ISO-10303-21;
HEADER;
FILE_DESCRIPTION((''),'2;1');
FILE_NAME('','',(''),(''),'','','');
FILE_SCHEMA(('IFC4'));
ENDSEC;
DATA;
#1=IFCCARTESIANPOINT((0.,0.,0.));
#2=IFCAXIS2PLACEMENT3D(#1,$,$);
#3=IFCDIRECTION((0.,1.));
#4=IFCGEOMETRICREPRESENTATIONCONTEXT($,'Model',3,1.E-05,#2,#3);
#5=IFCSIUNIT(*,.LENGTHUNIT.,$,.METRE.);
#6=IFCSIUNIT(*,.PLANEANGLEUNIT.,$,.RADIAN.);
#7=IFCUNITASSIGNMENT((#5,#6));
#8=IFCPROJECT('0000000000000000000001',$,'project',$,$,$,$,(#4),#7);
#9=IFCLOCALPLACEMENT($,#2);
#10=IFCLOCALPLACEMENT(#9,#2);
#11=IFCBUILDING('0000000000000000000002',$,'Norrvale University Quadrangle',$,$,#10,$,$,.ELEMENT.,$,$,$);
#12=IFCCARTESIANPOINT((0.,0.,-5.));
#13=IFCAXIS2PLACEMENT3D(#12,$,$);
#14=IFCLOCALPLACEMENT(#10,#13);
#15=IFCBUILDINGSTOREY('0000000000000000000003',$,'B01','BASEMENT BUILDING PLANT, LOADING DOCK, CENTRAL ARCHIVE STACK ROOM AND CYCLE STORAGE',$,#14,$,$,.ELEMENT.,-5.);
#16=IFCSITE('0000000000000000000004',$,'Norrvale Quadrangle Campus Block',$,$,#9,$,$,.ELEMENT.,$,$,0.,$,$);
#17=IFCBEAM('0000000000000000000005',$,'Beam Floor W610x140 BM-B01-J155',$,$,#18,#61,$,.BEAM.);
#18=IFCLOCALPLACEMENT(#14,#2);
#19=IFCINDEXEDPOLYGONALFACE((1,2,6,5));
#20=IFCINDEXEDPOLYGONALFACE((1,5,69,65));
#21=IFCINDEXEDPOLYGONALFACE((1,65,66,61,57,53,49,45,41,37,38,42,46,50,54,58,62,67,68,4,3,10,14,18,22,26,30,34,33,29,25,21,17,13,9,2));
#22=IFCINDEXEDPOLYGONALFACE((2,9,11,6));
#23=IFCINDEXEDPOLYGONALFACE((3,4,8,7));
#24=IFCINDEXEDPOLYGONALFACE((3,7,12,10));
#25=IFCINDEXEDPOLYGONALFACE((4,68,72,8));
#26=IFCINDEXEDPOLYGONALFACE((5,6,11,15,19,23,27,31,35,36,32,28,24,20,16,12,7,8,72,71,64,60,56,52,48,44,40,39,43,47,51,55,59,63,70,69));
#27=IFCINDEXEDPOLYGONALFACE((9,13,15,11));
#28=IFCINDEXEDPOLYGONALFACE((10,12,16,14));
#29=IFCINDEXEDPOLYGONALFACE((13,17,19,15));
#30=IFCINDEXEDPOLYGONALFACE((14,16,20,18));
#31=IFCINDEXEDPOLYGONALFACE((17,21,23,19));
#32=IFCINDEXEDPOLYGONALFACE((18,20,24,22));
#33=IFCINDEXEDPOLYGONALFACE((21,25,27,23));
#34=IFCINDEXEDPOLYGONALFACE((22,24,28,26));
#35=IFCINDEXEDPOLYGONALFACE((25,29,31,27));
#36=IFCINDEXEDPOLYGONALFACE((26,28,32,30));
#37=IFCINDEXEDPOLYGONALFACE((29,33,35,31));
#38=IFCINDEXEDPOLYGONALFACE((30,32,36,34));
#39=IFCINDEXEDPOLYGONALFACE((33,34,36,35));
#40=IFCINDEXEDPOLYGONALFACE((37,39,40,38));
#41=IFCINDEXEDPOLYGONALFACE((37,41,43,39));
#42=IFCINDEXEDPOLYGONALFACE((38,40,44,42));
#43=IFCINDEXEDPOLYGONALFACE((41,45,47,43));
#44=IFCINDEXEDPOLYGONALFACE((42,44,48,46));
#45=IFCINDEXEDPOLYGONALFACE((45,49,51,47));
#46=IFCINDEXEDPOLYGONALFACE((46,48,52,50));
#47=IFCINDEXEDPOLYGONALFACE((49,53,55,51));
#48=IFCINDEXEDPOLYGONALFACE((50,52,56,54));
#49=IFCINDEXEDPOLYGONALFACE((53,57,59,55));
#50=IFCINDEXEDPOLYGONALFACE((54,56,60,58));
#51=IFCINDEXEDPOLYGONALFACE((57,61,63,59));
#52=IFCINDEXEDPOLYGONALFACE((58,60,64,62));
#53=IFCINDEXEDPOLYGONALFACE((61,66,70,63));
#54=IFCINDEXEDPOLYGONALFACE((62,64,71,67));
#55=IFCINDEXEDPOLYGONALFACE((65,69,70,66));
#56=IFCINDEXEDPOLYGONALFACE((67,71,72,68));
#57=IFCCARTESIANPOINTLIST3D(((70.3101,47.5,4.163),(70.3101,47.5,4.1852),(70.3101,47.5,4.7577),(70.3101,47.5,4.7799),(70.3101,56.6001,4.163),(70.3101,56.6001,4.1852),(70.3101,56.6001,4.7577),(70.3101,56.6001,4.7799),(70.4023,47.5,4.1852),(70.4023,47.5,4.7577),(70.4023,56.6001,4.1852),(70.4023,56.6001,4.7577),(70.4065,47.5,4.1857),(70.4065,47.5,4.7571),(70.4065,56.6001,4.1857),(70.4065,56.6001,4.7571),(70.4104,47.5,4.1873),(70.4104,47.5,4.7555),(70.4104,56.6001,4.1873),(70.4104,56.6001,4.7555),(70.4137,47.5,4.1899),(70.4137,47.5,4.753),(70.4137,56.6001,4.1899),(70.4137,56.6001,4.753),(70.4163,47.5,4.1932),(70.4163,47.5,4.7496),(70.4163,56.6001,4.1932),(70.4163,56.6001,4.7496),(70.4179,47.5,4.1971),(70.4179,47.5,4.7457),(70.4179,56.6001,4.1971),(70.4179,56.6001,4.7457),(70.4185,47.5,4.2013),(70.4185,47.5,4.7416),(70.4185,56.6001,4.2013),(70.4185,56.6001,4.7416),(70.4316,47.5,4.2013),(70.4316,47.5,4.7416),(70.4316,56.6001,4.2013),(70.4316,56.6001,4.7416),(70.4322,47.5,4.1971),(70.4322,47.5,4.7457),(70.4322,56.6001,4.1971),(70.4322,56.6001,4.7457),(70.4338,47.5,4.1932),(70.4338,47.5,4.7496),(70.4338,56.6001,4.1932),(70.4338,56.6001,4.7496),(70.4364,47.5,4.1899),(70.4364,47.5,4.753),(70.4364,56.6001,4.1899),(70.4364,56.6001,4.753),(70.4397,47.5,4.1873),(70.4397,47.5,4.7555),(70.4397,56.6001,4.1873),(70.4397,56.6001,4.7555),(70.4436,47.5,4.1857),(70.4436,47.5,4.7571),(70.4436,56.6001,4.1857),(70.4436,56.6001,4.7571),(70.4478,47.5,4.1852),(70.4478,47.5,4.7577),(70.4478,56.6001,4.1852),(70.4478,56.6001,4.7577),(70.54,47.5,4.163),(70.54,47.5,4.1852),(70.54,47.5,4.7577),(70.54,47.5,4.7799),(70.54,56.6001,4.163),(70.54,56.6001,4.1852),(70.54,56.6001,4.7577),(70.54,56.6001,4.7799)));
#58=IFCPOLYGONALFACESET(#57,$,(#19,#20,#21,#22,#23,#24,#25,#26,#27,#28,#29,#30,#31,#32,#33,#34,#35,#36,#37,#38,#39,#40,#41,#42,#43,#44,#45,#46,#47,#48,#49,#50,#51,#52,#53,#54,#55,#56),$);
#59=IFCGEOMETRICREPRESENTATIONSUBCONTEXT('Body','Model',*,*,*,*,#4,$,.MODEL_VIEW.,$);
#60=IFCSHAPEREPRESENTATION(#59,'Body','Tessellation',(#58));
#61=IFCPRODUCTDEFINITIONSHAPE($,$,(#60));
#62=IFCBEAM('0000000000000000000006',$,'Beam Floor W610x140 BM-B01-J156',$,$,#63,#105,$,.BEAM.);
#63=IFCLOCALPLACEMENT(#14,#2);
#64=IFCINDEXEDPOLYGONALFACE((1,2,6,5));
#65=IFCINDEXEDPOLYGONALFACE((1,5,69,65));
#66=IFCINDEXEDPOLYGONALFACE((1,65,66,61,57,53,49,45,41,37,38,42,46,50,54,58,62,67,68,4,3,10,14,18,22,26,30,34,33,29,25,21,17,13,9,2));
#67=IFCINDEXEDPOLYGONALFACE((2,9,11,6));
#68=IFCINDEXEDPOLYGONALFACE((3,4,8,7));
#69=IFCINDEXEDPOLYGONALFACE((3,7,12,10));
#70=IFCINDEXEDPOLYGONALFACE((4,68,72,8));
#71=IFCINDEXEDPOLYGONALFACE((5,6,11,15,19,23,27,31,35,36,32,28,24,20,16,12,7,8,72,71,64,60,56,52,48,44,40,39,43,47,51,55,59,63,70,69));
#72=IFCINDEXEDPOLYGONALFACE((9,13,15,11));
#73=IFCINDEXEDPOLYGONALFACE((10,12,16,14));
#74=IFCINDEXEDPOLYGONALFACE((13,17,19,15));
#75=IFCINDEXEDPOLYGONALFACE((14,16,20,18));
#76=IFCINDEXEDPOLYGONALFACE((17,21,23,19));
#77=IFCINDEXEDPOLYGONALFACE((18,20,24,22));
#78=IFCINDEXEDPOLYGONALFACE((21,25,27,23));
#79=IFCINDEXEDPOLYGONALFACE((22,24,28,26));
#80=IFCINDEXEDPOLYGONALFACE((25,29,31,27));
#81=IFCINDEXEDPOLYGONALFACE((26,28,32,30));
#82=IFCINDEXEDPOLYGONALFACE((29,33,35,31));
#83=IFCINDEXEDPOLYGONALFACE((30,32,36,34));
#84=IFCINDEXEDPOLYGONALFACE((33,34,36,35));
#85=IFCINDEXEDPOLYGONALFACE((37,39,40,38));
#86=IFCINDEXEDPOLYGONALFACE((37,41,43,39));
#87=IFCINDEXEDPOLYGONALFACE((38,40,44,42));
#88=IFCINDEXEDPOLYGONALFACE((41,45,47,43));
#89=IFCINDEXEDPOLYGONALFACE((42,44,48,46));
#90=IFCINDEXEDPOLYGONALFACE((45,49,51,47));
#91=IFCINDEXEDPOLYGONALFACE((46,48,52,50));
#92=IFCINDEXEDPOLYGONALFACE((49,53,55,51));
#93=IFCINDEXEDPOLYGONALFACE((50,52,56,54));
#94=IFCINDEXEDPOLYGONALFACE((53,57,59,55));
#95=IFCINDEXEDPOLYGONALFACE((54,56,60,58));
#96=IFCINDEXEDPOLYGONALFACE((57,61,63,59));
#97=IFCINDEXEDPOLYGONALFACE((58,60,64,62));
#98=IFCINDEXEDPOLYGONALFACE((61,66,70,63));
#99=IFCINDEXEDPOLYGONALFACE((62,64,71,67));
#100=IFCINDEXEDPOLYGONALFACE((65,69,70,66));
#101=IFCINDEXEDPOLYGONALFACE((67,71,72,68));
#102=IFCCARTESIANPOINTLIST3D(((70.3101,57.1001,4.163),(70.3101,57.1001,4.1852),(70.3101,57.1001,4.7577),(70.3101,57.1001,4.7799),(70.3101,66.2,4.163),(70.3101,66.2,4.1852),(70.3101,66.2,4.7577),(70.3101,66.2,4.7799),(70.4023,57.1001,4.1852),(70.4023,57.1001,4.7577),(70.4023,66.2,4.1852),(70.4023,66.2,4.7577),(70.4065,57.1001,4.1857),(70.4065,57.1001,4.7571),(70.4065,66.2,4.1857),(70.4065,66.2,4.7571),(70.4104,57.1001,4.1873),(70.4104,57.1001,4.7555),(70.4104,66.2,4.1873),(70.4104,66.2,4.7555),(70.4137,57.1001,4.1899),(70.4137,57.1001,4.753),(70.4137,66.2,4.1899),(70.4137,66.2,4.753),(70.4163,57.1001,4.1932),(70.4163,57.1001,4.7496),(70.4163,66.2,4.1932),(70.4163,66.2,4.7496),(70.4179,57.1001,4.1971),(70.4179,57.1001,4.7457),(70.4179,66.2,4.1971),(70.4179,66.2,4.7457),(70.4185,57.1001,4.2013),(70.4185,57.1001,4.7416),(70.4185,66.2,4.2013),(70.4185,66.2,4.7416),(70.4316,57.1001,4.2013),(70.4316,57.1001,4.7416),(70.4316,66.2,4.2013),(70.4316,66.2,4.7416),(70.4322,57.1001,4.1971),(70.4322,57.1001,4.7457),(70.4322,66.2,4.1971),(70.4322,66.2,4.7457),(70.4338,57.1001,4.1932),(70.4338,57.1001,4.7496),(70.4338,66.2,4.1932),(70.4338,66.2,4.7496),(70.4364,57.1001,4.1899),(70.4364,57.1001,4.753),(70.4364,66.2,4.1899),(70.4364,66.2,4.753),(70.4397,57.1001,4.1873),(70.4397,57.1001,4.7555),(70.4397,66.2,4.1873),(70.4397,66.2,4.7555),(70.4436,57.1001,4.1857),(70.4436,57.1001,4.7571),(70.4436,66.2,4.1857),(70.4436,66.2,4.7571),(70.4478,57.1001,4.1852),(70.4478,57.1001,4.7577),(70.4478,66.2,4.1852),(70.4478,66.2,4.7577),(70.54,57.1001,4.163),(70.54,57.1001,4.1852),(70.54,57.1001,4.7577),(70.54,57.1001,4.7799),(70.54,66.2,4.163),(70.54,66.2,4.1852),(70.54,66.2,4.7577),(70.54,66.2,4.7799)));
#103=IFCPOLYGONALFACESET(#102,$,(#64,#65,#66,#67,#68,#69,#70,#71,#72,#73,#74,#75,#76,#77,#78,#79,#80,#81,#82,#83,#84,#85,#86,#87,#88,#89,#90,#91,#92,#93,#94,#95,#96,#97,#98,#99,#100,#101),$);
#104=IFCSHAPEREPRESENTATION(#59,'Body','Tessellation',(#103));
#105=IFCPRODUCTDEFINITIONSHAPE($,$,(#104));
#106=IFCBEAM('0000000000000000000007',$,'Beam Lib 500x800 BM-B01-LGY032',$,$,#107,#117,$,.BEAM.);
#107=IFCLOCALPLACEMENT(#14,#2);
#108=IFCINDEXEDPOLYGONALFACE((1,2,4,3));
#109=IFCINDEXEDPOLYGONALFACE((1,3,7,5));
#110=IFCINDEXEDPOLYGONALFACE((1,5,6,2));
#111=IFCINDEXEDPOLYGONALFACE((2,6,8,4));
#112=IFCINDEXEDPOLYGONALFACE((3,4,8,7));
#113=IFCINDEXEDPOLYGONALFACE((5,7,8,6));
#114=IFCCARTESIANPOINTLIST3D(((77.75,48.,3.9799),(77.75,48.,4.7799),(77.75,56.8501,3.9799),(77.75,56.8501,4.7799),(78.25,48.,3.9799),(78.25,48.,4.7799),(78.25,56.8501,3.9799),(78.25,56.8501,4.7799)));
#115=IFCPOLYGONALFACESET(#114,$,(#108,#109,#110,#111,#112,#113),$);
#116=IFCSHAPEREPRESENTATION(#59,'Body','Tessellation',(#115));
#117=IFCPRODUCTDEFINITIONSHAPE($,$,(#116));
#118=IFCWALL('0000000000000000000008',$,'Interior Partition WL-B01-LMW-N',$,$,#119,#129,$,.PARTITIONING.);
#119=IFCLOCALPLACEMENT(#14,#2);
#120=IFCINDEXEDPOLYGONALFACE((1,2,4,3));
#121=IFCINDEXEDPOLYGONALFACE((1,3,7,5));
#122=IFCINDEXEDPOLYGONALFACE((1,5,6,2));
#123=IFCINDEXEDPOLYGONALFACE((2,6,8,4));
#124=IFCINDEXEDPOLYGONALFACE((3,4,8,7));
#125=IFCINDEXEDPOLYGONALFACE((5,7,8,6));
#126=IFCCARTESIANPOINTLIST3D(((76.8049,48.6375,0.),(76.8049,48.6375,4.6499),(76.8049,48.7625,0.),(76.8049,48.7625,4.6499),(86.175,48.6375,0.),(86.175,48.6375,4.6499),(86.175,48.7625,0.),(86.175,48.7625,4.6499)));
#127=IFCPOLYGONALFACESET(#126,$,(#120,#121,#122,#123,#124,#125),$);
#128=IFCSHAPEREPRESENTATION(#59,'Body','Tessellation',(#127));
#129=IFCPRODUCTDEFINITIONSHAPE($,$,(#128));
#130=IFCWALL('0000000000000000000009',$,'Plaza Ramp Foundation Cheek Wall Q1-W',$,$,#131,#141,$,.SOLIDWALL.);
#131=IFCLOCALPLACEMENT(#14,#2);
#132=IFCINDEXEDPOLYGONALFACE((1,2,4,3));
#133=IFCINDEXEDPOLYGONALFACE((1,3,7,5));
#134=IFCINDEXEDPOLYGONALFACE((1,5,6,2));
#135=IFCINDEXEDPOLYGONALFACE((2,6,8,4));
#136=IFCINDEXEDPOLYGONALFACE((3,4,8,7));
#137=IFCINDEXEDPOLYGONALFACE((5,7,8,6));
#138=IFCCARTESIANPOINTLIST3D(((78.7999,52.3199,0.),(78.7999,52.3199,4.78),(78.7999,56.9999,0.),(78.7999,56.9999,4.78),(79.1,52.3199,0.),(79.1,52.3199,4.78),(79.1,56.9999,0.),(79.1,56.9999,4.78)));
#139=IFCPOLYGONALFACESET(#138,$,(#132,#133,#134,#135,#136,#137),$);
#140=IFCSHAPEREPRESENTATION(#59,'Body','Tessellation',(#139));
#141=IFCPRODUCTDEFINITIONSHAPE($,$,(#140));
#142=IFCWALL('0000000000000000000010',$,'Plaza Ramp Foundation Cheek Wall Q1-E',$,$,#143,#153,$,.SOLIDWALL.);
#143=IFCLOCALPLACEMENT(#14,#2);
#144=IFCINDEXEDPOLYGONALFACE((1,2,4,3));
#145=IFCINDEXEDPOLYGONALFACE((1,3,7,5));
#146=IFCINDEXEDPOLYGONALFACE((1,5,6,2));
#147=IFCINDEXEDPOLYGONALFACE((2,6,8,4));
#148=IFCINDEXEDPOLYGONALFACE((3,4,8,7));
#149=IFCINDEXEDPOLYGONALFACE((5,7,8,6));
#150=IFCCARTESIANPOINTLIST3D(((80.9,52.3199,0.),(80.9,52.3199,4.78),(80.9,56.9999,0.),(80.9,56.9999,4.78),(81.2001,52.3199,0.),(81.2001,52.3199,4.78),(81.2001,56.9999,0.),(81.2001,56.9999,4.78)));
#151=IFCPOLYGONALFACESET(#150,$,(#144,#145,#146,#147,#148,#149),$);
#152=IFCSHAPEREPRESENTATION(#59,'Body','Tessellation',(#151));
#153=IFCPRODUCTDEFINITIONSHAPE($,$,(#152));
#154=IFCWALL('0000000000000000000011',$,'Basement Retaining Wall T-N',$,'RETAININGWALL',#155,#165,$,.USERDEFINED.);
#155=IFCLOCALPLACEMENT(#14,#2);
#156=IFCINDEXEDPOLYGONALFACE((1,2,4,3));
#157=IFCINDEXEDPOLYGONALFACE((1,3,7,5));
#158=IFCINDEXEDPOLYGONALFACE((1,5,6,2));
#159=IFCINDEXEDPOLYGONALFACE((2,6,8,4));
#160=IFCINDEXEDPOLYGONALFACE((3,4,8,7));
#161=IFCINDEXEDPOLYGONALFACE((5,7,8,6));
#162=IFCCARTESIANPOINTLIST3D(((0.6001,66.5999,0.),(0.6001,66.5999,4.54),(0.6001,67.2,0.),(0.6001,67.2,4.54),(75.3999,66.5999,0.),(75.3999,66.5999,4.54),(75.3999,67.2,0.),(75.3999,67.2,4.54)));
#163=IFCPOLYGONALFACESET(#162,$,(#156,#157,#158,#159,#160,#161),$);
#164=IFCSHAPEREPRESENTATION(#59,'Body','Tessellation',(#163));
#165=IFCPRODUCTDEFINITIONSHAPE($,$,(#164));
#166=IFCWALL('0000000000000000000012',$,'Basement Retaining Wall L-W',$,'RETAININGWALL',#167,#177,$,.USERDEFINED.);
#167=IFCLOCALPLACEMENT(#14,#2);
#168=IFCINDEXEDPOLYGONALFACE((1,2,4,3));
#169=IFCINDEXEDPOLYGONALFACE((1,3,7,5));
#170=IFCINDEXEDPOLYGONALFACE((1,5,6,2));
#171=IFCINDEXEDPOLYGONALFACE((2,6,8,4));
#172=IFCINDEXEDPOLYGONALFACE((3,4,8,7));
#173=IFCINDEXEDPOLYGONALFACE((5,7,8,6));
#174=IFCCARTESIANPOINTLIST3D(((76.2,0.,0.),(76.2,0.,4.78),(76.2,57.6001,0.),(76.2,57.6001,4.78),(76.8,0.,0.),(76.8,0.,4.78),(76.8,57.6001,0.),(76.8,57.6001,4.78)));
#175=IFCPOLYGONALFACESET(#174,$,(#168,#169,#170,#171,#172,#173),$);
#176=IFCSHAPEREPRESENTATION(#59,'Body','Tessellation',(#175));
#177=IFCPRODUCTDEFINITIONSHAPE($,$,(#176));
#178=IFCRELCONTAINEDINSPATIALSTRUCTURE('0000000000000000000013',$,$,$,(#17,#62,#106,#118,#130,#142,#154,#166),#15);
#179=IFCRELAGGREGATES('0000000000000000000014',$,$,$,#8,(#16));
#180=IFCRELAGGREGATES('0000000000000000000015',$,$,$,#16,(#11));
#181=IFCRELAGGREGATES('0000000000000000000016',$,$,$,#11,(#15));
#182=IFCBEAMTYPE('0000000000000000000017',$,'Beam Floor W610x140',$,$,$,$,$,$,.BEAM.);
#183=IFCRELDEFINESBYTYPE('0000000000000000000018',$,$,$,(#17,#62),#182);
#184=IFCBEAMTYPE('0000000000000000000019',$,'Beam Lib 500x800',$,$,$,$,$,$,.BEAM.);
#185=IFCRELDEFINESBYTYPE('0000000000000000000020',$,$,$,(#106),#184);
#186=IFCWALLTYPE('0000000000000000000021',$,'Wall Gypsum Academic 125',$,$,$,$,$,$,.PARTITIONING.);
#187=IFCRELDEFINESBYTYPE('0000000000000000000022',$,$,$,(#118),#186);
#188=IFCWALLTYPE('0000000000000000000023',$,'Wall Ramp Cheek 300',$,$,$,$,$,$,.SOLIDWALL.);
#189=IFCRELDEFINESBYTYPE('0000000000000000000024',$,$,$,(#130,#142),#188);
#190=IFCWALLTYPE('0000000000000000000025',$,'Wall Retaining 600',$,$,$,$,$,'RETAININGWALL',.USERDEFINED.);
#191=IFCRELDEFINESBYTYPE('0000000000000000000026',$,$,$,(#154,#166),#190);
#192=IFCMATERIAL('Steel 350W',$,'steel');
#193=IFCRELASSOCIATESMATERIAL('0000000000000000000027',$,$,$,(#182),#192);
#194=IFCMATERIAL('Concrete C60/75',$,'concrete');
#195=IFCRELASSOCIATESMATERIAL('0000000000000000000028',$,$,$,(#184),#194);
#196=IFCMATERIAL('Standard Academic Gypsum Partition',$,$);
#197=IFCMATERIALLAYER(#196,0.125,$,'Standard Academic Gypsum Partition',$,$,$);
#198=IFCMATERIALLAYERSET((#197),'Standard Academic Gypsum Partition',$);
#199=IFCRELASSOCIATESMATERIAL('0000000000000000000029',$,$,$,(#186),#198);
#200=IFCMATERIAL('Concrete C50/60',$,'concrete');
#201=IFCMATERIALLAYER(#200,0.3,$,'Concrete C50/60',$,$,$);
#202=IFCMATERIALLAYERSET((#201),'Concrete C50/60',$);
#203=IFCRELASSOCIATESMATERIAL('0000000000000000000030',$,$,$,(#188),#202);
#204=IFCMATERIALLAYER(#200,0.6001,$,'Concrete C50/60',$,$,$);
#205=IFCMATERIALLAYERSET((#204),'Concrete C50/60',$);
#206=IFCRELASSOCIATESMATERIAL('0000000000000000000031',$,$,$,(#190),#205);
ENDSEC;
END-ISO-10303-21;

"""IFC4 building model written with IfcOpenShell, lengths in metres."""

from ifc_helpers import new_model, si_unit, direction, frame, frame_2d, origin, origin_2d, place, context, subcontext, project, spatial, rectangle, i_section, extrude, material, layer, layer_set, material_profile, profile_set, type_object, element, save


model = new_model("IFC4")

# Units and contexts
model_context = context("Model", 3, precision=1e-05, world=origin(), true_north=direction((0.0, 1.0)))
body_context = subcontext(model_context, "Body", "Model", "MODEL_VIEW")
ifc_project = project(units=[si_unit("LENGTHUNIT", "METRE"), si_unit("PLANEANGLEUNIT", "RADIAN")], contexts=[model_context])

# Site, building, storey
site_placement = place(None, origin())
site = spatial("IfcSite", under=ifc_project, at=site_placement, Name="Norrvale Quadrangle Campus Block", CompositionType="ELEMENT", RefElevation=0.0)
building_placement = place(site_placement, origin())
building = spatial("IfcBuilding", under=site, at=building_placement, Name="Norrvale University Quadrangle", CompositionType="ELEMENT")
storey_placement = place(building_placement, frame((0.0, 0.0, -5.0)))
storey = spatial("IfcBuildingStorey", under=building, at=storey_placement, Name="B01", Description="BASEMENT BUILDING PLANT, LOADING DOCK, CENTRAL ARCHIVE STACK ROOM AND CYCLE STORAGE", CompositionType="ELEMENT", Elevation=-5.0)

# Shared definitions
ifc_material_1 = material(Name="Concrete C50/60", Category="concrete")

# Shared definitions
ifc_material_2 = material(Name="Concrete C60/75", Category="concrete")

# Beams
ifc_material_3 = material(Name="Steel 350W", Category="steel")
ifc_material_profile_1 = material_profile(ifc_material_3, i_section(OverallWidth=0.23, OverallDepth=0.6169, WebThickness=0.0132, FlangeThickness=0.0222, FilletRadius=0.0161, at=origin_2d()), Name="Steel 350W")
ifc_profile_set_1 = profile_set([ifc_material_profile_1], Name="Steel 350W")
beam_type_1 = type_object("IfcBeamType", Name="Beam Floor W610x140", PredefinedType="BEAM", material=ifc_profile_set_1)
beam_1_placement = place(storey_placement, frame((70.425, 47.5, 4.4714), z_axis=(0.0, 1.0, 0.0), x_axis=(-1.0, 0.0, 0.0)))
element("IfcBeam", 1, at=beam_1_placement, inside=storey, type_object=beam_type_1, Name="Beam Floor W610x140 BM-B01-J155", PredefinedType="BEAM", context=body_context, shape_type="SweptSolid", body=[
    extrude(i_section(OverallWidth=0.23, OverallDepth=0.6169, WebThickness=0.0132, FlangeThickness=0.0222, FilletRadius=0.0161, at=origin_2d()), origin(), (0.0, 0.0, 1.0), 9.1001),
])
beam_2_placement = place(storey_placement, frame((70.425, 57.1001, 4.4714), z_axis=(0.0, 1.0, 0.0), x_axis=(-1.0, 0.0, 0.0)))
element("IfcBeam", 2, at=beam_2_placement, inside=storey, type_object=beam_type_1, Name="Beam Floor W610x140 BM-B01-J156", PredefinedType="BEAM", context=body_context, shape_type="SweptSolid", body=[
    extrude(i_section(OverallWidth=0.23, OverallDepth=0.6169, WebThickness=0.0132, FlangeThickness=0.0222, FilletRadius=0.0161, at=origin_2d()), origin(), (0.0, 0.0, 1.0), 9.0999),
])
ifc_material_profile_2 = material_profile(ifc_material_2, rectangle(XDim=0.5, YDim=0.8, at=origin_2d()), Name="Concrete C60/75")
ifc_profile_set_2 = profile_set([ifc_material_profile_2], Name="Concrete C60/75")
beam_type_2 = type_object("IfcBeamType", Name="Beam Lib 500x800", PredefinedType="BEAM", material=ifc_profile_set_2)
beam_3_placement = place(storey_placement, frame((78.0, 48.0, 4.3799), z_axis=(0.0, 1.0, 0.0), x_axis=(-1.0, 0.0, 0.0)))
element("IfcBeam", 3, at=beam_3_placement, inside=storey, type_object=beam_type_2, Name="Beam Lib 500x800 BM-B01-LGY032", PredefinedType="BEAM", context=body_context, shape_type="SweptSolid", body=[
    extrude(rectangle(XDim=0.5, YDim=0.8, at=origin_2d()), origin(), (0.0, 0.0, 1.0), 8.8501),
])

# Walls
ifc_material_4 = material(Name="Standard Academic Gypsum Partition")
ifc_layer_1 = layer(ifc_material_4, 0.125, Name="Standard Academic Gypsum Partition")
ifc_layer_set_1 = layer_set([ifc_layer_1], Name="Standard Academic Gypsum Partition")
wall_type_1 = type_object("IfcWallType", Name="Wall Gypsum Academic 125", PredefinedType="PARTITIONING", material=ifc_layer_set_1)
wall_1_placement = place(storey_placement, frame((76.8049, 48.7, 0.0), z_axis=(0.0, 0.0, 1.0), x_axis=(1.0, 0.0, 0.0)))
element("IfcWall", 4, at=wall_1_placement, inside=storey, type_object=wall_type_1, Name="Interior Partition WL-B01-LMW-N", PredefinedType="PARTITIONING", context=body_context, shape_type="SweptSolid", body=[
    extrude(rectangle(XDim=9.3701, YDim=0.125, at=frame_2d((4.6851, 0.0))), origin(), (0.0, 0.0, 1.0), 4.6499),
])
ifc_layer_2 = layer(ifc_material_1, 0.3, Name="Concrete C50/60")
ifc_layer_set_2 = layer_set([ifc_layer_2], Name="Concrete C50/60")
wall_type_2 = type_object("IfcWallType", Name="Wall Ramp Cheek 300", PredefinedType="SOLIDWALL", material=ifc_layer_set_2)
for number, where, z_axis, x_axis, name in (
    (5, (78.95, 52.3201, 0.0), (0.0, 0.0, 1.0), (0.0, 1.0, 0.0), "Plaza Ramp Foundation Cheek Wall Q1-W"),
    (6, (81.05, 52.3201, 0.0), (0.0, 0.0, 1.0), (0.0, 1.0, 0.0), "Plaza Ramp Foundation Cheek Wall Q1-E"),
):
    element("IfcWall", number, at=place(storey_placement, frame(where, z_axis=z_axis, x_axis=x_axis)), inside=storey, type_object=wall_type_2, Name=name, PredefinedType="SOLIDWALL", context=body_context, shape_type="SweptSolid", body=[
        extrude(rectangle(XDim=4.6799, YDim=0.3, at=frame_2d((2.3398, 0.0))), origin(), (0.0, 0.0, 1.0), 4.78),
    ])
ifc_layer_3 = layer(ifc_material_1, 0.6001, Name="Concrete C50/60")
ifc_layer_set_3 = layer_set([ifc_layer_3], Name="Concrete C50/60")
wall_type_3 = type_object("IfcWallType", Name="Wall Retaining 600", ElementType="RETAININGWALL", PredefinedType="USERDEFINED", material=ifc_layer_set_3)
wall_2_placement = place(storey_placement, frame((75.3999, 66.8999, 0.0), z_axis=(0.0, 0.0, 1.0), x_axis=(-1.0, 0.0, 0.0)))
element("IfcWall", 7, at=wall_2_placement, inside=storey, type_object=wall_type_3, Name="Basement Retaining Wall T-N", ObjectType="RETAININGWALL", PredefinedType="USERDEFINED", context=body_context, shape_type="SweptSolid", body=[
    extrude(rectangle(XDim=74.7998, YDim=0.6001, at=frame_2d((37.3999, 0.0))), origin(), (0.0, 0.0, 1.0), 4.54),
])
wall_3_placement = place(storey_placement, frame((76.5, 57.6001, 0.0), z_axis=(0.0, 0.0, 1.0), x_axis=(0.0, -1.0, 0.0)))
element("IfcWall", 8, at=wall_3_placement, inside=storey, type_object=wall_type_3, Name="Basement Retaining Wall L-W", ObjectType="RETAININGWALL", PredefinedType="USERDEFINED", context=body_context, shape_type="SweptSolid", body=[
    extrude(rectangle(XDim=57.6001, YDim=0.6001, at=frame_2d((28.8, 0.0))), origin(), (0.0, 0.0, 1.0), 4.78),
])

save(model, "model.ifc")
